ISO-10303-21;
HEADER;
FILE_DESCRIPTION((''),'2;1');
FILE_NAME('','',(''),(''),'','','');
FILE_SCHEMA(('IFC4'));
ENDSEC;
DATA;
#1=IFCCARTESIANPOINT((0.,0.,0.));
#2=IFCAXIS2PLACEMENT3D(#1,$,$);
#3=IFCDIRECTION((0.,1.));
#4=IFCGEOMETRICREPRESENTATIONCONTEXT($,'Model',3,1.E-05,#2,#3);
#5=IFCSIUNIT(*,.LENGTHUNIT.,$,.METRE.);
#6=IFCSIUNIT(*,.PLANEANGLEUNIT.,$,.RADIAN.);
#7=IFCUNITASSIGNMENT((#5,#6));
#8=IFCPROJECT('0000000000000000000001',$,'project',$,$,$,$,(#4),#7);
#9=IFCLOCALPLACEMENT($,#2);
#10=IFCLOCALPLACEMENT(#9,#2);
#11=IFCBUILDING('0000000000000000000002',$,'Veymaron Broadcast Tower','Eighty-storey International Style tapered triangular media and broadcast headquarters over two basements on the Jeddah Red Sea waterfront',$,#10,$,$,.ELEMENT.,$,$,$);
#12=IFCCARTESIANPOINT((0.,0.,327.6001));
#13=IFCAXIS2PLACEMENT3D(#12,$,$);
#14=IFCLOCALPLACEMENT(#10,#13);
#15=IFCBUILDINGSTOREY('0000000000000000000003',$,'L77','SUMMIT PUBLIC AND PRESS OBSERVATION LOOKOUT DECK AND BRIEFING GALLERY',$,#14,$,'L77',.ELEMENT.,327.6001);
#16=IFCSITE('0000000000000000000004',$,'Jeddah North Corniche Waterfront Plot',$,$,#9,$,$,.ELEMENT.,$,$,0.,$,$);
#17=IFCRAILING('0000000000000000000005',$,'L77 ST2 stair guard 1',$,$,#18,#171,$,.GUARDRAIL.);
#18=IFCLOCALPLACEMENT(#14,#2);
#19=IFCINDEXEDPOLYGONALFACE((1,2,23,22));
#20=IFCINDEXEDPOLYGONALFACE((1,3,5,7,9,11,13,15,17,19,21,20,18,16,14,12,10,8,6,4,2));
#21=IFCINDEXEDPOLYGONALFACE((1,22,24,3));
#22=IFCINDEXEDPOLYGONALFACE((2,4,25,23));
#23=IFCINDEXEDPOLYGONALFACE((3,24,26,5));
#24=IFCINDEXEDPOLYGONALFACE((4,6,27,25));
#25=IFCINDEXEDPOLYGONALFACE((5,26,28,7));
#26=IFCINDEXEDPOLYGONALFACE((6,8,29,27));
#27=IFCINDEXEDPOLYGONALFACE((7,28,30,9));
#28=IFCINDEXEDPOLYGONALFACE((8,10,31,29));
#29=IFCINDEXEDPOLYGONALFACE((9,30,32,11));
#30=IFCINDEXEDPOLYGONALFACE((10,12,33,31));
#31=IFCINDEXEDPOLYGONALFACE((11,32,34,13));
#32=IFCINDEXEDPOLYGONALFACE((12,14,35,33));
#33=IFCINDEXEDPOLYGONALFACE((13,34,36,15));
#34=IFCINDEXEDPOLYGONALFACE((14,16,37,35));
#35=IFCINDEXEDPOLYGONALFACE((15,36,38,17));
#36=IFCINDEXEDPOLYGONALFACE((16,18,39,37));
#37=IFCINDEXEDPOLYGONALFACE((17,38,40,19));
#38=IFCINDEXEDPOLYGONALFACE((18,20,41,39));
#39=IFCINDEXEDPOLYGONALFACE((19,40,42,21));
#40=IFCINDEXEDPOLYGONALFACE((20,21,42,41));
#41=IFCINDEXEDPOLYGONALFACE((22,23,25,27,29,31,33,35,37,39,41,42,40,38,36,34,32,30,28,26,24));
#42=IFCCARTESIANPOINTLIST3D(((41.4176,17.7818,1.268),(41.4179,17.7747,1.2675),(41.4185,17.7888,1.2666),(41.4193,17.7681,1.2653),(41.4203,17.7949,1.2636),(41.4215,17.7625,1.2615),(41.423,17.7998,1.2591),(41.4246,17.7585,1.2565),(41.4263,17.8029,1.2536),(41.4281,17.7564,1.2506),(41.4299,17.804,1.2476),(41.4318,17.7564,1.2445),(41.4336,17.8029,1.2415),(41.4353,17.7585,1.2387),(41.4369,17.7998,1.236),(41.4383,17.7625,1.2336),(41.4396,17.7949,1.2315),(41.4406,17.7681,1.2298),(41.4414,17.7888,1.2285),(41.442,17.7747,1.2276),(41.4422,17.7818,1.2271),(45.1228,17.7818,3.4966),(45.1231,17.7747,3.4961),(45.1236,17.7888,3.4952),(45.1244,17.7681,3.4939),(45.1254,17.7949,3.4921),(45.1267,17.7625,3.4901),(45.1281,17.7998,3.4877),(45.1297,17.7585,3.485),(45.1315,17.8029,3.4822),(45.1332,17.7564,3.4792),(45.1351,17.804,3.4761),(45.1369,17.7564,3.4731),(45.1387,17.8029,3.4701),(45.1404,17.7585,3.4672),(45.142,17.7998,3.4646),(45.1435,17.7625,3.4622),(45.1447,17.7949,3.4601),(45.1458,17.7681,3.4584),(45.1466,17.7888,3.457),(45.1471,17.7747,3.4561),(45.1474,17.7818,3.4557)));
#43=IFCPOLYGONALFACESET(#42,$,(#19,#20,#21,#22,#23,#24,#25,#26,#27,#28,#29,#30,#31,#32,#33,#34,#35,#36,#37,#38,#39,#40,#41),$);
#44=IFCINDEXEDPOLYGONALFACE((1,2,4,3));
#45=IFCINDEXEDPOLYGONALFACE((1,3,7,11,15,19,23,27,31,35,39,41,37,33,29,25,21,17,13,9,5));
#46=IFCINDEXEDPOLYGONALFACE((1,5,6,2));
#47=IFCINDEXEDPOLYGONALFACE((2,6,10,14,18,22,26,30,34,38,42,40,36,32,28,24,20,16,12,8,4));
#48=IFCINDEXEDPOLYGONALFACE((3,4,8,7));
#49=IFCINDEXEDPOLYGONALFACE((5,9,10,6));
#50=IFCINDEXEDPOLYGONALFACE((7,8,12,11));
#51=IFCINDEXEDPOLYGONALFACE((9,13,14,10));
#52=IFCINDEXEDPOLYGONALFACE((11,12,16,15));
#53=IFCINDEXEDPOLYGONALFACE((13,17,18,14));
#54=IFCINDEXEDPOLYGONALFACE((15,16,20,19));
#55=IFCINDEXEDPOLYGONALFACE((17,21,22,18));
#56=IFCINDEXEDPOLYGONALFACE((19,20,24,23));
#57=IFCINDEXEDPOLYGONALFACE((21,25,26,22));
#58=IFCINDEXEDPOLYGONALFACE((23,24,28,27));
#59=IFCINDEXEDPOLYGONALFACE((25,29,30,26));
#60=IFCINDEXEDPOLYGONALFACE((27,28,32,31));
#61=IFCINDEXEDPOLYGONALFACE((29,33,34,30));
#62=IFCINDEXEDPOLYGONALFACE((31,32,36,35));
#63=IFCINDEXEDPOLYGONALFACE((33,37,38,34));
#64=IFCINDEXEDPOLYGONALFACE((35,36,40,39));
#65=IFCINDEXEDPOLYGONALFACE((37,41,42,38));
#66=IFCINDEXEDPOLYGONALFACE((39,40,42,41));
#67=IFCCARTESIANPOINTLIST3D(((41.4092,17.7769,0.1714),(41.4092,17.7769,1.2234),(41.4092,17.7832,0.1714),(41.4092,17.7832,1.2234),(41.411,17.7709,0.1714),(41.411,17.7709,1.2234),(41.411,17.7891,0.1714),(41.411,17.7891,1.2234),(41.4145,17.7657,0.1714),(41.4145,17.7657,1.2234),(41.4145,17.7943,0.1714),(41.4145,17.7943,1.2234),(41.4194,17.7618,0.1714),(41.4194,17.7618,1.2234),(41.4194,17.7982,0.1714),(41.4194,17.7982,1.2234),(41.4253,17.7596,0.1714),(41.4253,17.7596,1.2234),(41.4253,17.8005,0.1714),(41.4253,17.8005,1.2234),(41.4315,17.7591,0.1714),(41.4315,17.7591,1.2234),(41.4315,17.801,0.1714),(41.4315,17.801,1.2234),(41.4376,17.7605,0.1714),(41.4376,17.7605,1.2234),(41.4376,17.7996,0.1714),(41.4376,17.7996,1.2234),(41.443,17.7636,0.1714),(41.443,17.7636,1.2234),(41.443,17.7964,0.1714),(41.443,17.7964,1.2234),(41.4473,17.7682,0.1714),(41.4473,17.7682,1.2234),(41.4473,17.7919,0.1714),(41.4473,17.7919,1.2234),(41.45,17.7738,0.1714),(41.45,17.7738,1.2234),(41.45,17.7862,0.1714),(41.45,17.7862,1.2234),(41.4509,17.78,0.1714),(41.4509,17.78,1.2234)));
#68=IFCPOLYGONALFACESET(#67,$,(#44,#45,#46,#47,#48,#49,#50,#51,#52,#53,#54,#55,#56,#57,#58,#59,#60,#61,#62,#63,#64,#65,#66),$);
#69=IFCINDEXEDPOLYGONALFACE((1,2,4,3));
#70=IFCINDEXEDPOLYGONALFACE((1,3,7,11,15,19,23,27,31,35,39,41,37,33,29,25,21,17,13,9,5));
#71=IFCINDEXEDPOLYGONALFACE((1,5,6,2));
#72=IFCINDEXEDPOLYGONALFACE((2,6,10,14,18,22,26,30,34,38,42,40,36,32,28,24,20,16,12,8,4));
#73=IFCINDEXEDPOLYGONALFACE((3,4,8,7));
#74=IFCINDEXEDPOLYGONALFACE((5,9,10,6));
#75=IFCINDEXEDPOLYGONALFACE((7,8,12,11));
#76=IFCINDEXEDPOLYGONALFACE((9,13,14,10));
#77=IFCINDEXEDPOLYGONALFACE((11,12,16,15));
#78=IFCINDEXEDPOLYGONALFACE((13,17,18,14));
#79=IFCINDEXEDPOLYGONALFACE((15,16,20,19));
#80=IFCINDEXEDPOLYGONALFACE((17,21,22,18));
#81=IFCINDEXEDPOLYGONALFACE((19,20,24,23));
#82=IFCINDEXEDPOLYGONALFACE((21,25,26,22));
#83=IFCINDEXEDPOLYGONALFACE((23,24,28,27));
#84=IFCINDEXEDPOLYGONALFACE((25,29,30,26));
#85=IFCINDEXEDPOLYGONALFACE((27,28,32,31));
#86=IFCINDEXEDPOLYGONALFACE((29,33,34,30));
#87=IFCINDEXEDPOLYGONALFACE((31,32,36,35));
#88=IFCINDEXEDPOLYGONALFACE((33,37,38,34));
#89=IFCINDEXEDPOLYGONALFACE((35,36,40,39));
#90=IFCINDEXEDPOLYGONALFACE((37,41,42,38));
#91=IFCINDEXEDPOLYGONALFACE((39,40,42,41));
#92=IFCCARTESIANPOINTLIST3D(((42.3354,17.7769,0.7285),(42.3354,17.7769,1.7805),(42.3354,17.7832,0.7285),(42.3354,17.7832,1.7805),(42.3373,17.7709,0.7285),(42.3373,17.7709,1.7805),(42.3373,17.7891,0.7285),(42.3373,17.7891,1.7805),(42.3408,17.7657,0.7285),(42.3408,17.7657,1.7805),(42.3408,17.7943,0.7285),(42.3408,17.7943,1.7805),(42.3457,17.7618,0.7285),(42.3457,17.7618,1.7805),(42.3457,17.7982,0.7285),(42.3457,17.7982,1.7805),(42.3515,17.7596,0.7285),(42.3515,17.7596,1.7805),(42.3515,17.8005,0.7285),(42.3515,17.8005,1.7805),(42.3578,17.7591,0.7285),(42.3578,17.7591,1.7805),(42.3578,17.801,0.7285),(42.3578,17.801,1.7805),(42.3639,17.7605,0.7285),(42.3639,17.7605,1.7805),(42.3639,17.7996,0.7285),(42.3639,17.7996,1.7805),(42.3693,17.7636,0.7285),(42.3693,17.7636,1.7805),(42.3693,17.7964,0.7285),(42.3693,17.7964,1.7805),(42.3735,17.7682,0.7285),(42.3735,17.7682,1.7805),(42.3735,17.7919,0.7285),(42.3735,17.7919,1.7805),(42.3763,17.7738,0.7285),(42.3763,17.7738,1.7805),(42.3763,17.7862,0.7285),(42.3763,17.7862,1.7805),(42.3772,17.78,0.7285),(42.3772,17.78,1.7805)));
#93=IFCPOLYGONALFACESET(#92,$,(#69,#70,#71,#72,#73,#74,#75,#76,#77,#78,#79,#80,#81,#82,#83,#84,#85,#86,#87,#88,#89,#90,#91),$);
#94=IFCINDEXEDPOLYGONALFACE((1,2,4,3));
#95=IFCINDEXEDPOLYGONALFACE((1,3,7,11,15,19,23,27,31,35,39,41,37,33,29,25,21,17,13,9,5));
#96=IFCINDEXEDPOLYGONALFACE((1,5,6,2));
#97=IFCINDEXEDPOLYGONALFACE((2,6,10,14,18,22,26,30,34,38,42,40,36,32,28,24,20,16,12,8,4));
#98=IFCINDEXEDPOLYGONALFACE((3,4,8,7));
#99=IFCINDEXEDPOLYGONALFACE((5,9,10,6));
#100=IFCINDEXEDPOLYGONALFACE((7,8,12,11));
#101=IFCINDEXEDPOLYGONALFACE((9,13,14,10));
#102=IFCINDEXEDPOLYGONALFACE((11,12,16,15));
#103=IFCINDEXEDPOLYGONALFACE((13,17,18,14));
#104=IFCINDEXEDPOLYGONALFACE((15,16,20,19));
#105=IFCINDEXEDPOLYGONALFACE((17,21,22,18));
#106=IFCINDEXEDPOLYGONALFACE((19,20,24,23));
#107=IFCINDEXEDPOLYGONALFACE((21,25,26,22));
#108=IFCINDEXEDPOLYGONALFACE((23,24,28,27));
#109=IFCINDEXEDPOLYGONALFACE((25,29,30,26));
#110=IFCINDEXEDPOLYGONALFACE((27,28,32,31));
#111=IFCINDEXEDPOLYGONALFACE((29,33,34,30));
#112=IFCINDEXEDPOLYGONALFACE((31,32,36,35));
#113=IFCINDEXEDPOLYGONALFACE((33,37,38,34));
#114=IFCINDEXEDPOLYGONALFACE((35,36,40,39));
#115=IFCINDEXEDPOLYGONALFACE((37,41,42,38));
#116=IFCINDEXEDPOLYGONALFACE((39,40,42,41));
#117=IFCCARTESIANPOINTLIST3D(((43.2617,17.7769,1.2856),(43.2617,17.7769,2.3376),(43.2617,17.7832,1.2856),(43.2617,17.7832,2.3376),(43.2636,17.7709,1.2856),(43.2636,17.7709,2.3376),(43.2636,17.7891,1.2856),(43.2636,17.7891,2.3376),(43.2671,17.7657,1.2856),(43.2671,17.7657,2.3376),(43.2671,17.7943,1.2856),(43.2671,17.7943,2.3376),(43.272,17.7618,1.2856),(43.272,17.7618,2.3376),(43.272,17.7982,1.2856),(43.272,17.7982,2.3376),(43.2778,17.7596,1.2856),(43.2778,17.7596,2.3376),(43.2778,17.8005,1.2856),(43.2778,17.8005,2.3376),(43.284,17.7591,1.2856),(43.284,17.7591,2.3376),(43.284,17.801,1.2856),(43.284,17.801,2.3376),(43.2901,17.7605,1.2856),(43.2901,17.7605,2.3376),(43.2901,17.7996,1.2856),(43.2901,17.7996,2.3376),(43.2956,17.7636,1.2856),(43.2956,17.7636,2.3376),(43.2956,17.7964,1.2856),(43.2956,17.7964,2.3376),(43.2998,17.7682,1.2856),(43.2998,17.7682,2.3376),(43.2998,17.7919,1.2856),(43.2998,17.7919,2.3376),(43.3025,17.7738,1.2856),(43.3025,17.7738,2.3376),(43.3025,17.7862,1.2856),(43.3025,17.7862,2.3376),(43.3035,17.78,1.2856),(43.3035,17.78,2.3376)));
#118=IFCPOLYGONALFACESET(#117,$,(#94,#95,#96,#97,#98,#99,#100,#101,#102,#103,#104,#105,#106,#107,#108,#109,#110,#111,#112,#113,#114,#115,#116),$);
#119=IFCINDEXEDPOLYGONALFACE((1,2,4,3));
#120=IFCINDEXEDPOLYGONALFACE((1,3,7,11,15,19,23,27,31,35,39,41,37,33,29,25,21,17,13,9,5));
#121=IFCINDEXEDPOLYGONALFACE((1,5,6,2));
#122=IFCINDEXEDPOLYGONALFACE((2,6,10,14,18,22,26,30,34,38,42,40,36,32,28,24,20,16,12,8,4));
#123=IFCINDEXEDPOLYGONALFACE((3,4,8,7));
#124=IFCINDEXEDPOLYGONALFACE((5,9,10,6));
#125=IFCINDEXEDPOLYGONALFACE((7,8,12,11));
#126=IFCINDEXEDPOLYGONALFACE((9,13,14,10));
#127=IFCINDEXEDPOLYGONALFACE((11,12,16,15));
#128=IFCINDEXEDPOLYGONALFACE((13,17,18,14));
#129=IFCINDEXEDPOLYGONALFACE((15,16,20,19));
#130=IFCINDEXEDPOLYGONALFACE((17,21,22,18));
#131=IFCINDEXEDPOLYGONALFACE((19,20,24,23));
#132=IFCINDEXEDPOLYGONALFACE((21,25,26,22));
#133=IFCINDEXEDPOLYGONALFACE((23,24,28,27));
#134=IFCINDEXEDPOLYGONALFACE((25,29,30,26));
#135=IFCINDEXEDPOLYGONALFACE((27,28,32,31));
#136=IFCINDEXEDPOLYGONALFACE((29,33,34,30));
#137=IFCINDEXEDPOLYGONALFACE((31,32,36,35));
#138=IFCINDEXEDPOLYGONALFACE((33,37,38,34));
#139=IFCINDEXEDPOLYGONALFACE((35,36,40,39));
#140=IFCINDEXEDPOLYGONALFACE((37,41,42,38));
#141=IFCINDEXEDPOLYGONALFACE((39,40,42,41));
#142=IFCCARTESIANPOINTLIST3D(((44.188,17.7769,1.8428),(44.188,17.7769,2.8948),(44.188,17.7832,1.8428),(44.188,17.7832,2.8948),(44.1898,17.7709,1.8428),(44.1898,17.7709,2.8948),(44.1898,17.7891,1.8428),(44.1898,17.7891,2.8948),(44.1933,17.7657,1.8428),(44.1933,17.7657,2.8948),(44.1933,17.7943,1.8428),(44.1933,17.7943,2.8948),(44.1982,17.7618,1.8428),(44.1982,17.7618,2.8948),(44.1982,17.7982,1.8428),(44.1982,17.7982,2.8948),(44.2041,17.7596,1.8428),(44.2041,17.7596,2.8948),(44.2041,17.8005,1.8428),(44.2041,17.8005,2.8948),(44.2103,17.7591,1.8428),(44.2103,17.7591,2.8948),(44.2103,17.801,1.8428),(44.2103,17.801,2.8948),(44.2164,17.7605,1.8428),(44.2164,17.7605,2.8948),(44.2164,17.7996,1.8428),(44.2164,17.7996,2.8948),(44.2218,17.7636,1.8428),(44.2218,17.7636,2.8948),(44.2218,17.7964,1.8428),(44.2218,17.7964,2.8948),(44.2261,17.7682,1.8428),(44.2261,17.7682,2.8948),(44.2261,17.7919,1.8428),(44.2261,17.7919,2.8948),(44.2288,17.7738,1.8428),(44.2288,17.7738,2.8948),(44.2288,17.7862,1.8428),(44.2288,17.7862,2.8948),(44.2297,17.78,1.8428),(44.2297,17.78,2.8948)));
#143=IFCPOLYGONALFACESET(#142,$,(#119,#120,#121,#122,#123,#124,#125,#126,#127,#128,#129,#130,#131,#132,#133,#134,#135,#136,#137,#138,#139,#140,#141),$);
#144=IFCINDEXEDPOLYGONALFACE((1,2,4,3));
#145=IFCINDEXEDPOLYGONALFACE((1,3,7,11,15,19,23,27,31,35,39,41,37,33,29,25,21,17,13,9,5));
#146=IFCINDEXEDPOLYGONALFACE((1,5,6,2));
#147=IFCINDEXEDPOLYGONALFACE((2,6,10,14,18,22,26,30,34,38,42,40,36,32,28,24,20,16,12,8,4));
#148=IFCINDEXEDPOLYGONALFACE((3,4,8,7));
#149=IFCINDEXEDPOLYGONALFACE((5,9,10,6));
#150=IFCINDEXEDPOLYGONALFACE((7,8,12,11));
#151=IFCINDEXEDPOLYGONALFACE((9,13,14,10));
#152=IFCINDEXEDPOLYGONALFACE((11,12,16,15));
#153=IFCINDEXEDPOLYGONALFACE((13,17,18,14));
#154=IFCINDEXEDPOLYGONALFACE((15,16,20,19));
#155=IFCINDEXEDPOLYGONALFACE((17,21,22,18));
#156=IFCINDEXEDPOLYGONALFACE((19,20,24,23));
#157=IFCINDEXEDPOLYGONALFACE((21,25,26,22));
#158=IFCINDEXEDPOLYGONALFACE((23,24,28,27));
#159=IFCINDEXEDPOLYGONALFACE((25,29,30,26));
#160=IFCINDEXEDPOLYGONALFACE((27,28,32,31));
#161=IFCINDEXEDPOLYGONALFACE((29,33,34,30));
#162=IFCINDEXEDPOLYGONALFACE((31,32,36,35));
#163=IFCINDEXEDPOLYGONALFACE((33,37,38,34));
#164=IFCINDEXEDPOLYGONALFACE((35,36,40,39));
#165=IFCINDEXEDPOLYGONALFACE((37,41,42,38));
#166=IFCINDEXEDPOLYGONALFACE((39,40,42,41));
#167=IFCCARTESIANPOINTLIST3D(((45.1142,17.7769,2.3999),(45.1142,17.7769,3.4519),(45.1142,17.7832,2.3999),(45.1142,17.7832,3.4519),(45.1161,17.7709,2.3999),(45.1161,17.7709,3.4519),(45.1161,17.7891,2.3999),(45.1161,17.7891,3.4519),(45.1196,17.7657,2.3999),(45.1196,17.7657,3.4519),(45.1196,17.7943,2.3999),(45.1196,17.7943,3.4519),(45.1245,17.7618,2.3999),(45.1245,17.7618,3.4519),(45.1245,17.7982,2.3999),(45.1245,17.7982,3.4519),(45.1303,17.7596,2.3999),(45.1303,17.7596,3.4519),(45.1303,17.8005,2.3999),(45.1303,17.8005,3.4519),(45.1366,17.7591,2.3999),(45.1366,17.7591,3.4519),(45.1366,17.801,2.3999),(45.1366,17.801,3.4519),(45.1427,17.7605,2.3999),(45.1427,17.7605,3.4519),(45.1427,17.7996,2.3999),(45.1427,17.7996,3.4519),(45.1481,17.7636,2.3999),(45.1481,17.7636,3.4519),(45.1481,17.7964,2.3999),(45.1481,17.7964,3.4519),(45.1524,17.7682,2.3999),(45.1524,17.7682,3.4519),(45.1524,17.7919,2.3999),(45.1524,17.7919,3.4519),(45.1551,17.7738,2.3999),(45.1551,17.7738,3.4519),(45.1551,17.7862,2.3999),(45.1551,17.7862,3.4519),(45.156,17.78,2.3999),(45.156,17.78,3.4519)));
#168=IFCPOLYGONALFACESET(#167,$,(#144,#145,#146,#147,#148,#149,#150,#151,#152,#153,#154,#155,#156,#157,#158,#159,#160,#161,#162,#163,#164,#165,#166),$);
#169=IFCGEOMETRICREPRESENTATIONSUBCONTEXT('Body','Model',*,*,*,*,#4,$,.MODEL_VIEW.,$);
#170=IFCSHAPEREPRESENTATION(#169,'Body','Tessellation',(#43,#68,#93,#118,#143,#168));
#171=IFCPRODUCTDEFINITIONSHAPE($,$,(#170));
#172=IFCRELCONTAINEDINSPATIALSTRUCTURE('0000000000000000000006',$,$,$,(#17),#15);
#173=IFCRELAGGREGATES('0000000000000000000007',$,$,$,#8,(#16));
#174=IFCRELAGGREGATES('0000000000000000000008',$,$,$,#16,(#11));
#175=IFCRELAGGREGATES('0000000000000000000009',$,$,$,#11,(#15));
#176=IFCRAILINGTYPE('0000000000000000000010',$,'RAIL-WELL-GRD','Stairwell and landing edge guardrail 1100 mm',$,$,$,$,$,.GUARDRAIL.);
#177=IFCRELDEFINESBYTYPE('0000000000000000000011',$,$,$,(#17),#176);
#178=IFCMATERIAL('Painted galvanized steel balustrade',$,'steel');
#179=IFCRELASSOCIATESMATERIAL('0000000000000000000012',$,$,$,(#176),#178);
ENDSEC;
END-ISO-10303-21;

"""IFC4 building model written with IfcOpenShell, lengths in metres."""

from ifc_helpers import new_model, si_unit, direction, frame, origin, origin_2d, place, context, subcontext, project, spatial, circle, extrude, material, type_object, element, save


model = new_model("IFC4")

# Units and contexts
model_context = context("Model", 3, precision=1e-05, world=origin(), true_north=direction((0.0, 1.0)))
body_context = subcontext(model_context, "Body", "Model", "MODEL_VIEW")
ifc_project = project(units=[si_unit("LENGTHUNIT", "METRE"), si_unit("PLANEANGLEUNIT", "RADIAN")], contexts=[model_context])

# Site, building, storey
site_placement = place(None, origin())
site = spatial("IfcSite", under=ifc_project, at=site_placement, Name="Jeddah North Corniche Waterfront Plot", CompositionType="ELEMENT", RefElevation=0.0)
building_placement = place(site_placement, origin())
building = spatial("IfcBuilding", under=site, at=building_placement, Name="Veymaron Broadcast Tower", Description="Eighty-storey International Style tapered triangular media and broadcast headquarters over two basements on the Jeddah Red Sea waterfront", CompositionType="ELEMENT")
storey_placement = place(building_placement, frame((0.0, 0.0, 327.6001)))
storey = spatial("IfcBuildingStorey", under=building, at=storey_placement, Name="L77", Description="SUMMIT PUBLIC AND PRESS OBSERVATION LOOKOUT DECK AND BRIEFING GALLERY", LongName="L77", CompositionType="ELEMENT", Elevation=327.6001)

# Railing
ifc_material_1 = material(Name="Painted galvanized steel balustrade", Category="steel")
railing_type_1 = type_object("IfcRailingType", Name="RAIL-WELL-GRD", Description="Stairwell and landing edge guardrail 1100 mm", PredefinedType="GUARDRAIL", material=ifc_material_1)
railing_1_placement = place(storey_placement, frame((41.4299, 17.78, 0.1714)))
element("IfcRailing", 1, at=railing_1_placement, inside=storey, type_object=railing_type_1, Name="L77 ST2 stair guard 1", PredefinedType="GUARDRAIL", context=body_context, shape_type="SweptSolid", body=[
    extrude(circle(Radius=0.0239, at=origin_2d()), frame((0.0, 0.0, 1.0762), z_axis=(0.856934, 0.0, 0.515425), x_axis=(0.0, 1.0, 0.0)), (0.0, 0.0, 1.0), 4.3237),
    extrude(circle(Radius=0.021, at=origin_2d()), origin(), (0.0, 0.0, 1.0), 1.052),
    extrude(circle(Radius=0.021, at=origin_2d()), frame((0.9263, 0.0, 0.5571)), (0.0, 0.0, 1.0), 1.052),
    extrude(circle(Radius=0.021, at=origin_2d()), frame((1.8525, 0.0, 1.1143)), (0.0, 0.0, 1.0), 1.052),
    extrude(circle(Radius=0.021, at=origin_2d()), frame((2.7788, 0.0, 1.6714)), (0.0, 0.0, 1.0), 1.052),
    extrude(circle(Radius=0.021, at=origin_2d()), frame((3.7051, 0.0, 2.2285)), (0.0, 0.0, 1.0), 1.052),
])

save(model, "model.ifc")
